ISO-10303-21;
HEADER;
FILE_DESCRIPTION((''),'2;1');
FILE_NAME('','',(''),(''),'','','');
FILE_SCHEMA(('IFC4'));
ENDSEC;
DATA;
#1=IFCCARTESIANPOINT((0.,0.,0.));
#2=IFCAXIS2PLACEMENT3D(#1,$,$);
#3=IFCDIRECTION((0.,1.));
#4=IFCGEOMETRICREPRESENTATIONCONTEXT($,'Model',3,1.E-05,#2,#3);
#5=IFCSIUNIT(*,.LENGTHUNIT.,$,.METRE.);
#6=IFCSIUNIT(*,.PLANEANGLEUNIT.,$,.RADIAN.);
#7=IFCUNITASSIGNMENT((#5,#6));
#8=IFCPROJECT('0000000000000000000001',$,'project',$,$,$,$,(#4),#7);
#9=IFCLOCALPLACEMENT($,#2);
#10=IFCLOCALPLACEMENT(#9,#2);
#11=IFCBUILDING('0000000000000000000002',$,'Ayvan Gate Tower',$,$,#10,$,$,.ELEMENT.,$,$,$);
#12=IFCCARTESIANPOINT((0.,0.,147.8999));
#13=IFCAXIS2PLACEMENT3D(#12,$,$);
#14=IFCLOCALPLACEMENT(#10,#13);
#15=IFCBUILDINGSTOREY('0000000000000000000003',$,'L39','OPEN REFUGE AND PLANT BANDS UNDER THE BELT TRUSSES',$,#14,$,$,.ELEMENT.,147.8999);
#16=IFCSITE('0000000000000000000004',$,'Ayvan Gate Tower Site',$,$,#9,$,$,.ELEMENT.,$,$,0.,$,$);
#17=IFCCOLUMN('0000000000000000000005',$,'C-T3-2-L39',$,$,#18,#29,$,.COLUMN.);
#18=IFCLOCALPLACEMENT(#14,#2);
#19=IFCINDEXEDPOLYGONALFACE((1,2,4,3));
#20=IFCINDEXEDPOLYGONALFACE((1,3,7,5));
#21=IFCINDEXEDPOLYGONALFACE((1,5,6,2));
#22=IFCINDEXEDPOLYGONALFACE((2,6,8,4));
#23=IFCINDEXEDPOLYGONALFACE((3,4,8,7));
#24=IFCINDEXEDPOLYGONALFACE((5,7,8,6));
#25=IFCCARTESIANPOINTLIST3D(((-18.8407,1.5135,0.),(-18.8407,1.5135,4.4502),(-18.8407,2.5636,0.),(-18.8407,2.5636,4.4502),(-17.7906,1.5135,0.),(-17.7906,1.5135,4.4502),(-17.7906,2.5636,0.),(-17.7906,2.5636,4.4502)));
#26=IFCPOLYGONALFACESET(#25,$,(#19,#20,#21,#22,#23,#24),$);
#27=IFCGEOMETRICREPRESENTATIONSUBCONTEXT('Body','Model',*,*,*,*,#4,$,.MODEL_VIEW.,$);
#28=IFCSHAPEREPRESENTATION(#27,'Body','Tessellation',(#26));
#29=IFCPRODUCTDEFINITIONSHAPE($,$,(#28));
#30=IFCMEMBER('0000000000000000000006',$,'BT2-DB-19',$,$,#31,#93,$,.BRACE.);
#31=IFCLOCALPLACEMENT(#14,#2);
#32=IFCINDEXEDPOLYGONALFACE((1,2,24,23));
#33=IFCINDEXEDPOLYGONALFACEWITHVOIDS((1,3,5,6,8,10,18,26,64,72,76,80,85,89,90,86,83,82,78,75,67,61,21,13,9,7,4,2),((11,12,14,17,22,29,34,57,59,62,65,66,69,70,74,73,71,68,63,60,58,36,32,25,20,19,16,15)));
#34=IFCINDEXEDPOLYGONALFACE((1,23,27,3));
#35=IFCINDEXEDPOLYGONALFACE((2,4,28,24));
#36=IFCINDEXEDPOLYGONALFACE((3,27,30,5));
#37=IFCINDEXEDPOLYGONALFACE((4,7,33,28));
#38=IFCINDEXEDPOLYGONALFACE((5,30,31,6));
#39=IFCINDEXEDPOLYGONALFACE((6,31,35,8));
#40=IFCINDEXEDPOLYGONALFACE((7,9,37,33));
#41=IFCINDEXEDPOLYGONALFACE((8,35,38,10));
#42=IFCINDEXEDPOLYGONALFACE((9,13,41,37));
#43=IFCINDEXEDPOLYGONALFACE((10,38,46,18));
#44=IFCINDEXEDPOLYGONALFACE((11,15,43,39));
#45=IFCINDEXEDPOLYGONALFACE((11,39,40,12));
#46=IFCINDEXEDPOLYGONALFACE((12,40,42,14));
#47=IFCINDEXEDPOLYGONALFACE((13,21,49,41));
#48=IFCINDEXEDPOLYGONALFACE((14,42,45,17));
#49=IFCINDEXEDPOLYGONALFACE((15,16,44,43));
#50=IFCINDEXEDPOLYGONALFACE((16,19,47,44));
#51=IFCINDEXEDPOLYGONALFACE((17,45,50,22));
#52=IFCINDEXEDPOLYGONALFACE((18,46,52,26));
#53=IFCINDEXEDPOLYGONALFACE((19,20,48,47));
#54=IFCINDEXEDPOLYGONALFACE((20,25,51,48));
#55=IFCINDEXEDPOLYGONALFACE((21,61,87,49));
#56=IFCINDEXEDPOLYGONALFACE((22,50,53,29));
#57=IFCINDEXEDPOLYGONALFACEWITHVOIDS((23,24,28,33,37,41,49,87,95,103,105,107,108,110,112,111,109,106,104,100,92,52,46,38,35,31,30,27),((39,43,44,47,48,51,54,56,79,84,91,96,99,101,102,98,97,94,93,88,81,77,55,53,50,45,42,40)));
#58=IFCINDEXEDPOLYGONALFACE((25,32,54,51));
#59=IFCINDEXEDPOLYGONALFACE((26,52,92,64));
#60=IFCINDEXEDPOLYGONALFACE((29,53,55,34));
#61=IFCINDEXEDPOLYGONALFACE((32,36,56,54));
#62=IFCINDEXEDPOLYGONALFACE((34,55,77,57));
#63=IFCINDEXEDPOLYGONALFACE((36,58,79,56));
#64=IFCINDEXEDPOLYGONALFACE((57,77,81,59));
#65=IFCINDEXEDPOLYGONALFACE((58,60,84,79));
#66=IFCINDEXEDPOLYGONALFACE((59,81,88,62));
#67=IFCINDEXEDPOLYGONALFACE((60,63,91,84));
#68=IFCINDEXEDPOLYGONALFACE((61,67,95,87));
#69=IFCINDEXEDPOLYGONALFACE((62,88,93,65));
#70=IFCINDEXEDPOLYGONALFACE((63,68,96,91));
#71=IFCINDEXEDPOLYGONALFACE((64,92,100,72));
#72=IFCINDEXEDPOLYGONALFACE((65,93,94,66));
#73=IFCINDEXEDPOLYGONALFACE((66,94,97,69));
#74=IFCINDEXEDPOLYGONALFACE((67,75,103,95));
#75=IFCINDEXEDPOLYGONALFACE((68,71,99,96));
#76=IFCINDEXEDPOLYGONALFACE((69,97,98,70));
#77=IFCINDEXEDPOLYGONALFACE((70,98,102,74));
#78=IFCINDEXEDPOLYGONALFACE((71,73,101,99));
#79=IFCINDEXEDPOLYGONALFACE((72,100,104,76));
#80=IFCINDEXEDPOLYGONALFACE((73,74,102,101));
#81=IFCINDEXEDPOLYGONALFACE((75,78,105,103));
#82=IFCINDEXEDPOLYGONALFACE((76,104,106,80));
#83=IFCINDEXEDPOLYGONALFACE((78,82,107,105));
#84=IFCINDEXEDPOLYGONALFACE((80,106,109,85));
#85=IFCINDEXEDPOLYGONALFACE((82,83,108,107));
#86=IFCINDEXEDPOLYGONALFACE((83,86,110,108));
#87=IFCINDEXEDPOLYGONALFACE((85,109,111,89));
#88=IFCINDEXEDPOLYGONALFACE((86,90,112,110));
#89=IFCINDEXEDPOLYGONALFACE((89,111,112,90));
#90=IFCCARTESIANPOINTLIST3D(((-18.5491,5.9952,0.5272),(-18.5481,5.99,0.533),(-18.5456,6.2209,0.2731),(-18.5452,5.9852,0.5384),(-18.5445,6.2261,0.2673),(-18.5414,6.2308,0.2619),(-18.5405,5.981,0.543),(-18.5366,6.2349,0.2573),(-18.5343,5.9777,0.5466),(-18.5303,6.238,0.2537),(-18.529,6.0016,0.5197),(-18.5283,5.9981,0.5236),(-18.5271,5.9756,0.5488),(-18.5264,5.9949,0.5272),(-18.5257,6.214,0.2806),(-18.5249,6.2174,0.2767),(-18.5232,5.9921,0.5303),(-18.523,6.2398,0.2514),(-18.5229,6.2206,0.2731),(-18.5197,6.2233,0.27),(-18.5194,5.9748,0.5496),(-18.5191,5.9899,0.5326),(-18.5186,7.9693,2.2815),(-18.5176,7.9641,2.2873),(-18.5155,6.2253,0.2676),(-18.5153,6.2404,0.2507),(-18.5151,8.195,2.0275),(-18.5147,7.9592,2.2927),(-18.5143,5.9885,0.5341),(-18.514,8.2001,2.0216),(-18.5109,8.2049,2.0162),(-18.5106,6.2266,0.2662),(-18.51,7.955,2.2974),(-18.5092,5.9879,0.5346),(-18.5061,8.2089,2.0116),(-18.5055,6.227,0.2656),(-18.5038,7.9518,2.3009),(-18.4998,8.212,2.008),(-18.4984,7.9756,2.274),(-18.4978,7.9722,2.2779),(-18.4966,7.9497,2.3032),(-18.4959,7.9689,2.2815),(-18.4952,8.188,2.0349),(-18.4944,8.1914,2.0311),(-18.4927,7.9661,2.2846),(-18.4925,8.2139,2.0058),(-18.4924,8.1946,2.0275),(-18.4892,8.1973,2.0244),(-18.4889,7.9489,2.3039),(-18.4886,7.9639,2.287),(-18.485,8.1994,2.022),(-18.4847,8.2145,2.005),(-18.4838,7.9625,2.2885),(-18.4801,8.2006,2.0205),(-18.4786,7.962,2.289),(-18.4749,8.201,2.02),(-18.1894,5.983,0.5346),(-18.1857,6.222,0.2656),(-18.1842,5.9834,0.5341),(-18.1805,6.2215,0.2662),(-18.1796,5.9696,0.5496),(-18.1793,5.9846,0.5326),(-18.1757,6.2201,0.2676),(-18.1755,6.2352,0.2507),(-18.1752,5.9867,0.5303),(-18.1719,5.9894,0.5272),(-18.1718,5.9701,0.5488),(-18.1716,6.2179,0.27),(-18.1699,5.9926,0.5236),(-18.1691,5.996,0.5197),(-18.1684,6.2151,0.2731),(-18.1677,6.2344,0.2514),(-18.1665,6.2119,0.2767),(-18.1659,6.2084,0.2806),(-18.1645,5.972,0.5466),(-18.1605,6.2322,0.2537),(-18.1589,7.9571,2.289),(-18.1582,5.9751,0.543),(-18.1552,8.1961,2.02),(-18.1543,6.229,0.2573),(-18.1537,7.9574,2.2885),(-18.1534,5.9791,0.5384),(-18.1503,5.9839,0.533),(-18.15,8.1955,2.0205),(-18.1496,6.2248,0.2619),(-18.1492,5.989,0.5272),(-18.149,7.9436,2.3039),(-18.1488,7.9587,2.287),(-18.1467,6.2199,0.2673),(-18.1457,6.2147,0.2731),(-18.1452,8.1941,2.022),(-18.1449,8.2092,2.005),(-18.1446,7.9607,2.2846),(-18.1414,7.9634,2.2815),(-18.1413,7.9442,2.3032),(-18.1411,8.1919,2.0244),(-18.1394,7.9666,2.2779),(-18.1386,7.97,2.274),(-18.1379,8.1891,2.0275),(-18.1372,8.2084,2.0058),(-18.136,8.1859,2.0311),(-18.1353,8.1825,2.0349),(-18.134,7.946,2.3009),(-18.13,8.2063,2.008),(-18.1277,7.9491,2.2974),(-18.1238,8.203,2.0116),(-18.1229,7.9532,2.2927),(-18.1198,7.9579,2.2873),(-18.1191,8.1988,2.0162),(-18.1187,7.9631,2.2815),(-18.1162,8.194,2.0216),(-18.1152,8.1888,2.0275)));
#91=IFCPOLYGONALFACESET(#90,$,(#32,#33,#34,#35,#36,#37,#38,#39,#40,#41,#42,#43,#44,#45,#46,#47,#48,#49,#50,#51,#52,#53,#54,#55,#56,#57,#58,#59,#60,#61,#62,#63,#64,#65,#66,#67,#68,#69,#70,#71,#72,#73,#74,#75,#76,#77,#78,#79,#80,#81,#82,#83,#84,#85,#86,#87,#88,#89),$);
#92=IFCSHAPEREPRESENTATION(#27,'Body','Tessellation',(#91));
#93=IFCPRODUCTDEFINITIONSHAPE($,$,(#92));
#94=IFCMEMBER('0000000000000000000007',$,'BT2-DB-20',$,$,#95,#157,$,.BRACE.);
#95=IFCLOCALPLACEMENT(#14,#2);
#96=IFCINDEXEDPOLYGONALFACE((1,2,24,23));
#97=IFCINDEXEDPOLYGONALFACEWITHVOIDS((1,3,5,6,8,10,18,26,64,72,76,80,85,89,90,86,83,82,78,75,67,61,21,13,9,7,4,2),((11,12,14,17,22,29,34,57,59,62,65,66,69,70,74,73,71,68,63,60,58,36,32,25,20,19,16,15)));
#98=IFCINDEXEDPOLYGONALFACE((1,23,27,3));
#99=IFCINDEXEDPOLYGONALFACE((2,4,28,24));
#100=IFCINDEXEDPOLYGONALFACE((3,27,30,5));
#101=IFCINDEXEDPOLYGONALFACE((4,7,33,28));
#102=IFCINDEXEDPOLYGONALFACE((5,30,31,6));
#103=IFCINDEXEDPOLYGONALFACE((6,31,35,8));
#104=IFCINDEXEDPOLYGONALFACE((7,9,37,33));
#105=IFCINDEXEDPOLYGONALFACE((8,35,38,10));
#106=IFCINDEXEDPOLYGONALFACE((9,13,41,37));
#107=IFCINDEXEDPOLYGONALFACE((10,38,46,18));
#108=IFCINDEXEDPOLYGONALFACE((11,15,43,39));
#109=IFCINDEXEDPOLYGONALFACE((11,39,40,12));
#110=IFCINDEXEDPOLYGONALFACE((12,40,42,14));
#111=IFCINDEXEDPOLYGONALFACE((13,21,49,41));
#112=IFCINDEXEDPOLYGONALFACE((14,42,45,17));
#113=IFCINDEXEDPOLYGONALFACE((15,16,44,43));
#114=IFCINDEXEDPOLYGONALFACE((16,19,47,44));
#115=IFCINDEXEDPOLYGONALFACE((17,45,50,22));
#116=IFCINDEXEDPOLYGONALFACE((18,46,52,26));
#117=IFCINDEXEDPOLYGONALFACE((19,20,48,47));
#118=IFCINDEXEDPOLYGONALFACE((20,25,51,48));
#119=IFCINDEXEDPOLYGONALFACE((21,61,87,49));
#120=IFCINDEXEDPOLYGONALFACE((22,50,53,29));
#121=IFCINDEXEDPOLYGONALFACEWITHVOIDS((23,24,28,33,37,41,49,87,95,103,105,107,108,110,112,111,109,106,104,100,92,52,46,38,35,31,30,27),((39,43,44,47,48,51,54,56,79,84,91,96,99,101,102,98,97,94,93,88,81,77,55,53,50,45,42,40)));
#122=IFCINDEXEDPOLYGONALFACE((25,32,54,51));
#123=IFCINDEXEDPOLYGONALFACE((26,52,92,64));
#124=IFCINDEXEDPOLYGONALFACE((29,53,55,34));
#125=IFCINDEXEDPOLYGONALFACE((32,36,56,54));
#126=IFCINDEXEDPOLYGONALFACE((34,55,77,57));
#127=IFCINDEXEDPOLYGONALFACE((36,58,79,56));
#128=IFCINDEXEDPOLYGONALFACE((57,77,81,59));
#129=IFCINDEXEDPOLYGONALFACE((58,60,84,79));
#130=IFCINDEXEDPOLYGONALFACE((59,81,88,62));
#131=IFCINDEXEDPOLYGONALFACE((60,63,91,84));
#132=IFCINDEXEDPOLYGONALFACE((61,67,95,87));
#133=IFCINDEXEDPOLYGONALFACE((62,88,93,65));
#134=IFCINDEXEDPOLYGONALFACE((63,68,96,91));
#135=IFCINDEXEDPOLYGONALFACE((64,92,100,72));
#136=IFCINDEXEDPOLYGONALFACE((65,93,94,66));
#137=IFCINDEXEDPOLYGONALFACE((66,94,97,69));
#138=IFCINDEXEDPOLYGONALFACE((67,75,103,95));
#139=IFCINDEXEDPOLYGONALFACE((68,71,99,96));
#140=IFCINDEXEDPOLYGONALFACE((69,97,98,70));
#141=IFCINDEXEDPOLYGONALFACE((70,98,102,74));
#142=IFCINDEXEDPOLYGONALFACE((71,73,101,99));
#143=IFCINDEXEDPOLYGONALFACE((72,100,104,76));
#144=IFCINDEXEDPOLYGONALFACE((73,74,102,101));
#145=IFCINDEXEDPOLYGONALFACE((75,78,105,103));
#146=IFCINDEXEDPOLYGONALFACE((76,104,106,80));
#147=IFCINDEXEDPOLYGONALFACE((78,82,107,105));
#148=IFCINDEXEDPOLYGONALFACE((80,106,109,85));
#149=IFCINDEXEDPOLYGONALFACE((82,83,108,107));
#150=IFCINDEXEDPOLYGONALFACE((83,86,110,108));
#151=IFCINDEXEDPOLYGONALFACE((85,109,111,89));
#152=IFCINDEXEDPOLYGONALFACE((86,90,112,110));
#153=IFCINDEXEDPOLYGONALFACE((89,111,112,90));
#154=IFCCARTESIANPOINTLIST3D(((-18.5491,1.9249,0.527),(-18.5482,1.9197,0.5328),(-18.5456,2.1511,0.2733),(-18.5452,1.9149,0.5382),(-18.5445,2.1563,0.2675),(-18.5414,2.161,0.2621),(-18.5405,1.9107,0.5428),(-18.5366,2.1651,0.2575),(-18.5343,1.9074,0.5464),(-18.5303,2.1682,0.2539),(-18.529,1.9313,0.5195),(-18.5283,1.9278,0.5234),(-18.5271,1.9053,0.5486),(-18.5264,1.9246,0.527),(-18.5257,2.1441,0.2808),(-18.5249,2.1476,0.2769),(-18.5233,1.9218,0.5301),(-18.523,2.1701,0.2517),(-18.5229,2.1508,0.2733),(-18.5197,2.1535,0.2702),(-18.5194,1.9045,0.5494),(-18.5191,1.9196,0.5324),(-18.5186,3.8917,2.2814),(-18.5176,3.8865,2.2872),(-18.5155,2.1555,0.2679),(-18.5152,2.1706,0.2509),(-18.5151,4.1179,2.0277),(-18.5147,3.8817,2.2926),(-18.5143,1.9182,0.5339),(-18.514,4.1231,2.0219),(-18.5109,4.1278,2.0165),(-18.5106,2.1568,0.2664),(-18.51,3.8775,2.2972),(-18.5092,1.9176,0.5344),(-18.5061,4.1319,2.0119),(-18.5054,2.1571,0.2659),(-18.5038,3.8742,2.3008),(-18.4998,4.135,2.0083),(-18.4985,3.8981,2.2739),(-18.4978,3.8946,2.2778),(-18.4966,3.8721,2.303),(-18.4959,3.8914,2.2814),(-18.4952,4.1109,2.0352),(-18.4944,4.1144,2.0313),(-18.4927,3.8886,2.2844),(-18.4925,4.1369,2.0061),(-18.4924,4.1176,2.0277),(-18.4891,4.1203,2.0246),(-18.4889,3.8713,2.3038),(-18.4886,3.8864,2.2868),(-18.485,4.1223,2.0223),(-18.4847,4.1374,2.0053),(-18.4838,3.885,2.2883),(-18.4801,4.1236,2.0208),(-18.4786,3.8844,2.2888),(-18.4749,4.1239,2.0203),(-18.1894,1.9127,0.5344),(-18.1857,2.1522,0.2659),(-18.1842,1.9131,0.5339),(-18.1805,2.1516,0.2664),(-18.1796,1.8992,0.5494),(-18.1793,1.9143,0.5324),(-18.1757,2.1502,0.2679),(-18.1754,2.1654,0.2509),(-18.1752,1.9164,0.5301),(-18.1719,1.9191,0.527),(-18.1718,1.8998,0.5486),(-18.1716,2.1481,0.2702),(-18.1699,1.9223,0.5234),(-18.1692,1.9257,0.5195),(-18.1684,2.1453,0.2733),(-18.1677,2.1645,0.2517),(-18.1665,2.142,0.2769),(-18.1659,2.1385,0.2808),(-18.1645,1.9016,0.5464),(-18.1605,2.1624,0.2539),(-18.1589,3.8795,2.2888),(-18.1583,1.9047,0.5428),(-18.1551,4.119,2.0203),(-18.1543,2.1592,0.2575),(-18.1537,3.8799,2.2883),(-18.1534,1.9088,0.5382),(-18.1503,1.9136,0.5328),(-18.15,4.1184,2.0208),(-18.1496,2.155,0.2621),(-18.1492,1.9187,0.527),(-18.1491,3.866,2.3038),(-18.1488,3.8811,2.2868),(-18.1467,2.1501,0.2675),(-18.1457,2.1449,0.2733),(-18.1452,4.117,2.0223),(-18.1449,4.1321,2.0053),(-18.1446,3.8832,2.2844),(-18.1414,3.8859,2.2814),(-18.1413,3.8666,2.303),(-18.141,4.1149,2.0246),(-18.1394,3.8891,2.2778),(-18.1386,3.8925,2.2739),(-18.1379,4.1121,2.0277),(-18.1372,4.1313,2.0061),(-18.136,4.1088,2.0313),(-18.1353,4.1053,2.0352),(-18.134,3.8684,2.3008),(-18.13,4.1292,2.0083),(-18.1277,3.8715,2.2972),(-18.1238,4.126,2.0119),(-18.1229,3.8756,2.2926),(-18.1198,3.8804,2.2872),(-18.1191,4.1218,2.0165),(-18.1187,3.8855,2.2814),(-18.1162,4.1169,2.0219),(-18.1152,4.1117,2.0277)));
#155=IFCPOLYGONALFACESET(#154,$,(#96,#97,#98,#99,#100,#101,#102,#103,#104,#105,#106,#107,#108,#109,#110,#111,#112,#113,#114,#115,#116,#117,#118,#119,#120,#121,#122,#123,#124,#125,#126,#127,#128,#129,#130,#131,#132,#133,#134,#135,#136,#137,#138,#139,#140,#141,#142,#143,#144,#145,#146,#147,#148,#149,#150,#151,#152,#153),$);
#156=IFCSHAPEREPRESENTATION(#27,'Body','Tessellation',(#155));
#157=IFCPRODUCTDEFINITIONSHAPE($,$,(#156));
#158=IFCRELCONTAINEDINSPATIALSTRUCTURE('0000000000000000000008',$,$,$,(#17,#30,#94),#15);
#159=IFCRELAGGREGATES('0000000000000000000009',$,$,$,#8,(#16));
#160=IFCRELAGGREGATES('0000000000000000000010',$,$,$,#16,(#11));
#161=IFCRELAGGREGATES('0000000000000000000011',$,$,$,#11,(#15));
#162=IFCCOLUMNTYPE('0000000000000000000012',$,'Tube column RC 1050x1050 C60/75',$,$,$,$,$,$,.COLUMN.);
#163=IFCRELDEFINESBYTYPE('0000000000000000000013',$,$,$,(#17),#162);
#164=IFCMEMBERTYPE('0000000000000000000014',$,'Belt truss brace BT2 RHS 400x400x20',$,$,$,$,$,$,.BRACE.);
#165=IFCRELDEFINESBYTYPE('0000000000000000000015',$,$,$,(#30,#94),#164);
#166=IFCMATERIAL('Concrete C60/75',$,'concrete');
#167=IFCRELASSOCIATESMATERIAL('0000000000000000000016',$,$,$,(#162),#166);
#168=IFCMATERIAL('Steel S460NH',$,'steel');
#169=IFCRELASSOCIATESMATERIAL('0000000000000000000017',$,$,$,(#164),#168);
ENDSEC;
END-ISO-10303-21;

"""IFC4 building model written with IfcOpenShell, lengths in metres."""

from ifc_helpers import new_model, si_unit, direction, frame, origin, origin_2d, place, context, subcontext, project, spatial, rectangle, hollow_rectangle, extrude, material, material_profile, profile_set, type_object, element, save


model = new_model("IFC4")

# Units and contexts
model_context = context("Model", 3, precision=1e-05, world=origin(), true_north=direction((0.0, 1.0)))
body_context = subcontext(model_context, "Body", "Model", "MODEL_VIEW")
ifc_project = project(units=[si_unit("LENGTHUNIT", "METRE"), si_unit("PLANEANGLEUNIT", "RADIAN")], contexts=[model_context])

# Site, building, storey
site_placement = place(None, origin())
site = spatial("IfcSite", under=ifc_project, at=site_placement, Name="Ayvan Gate Tower Site", CompositionType="ELEMENT", RefElevation=0.0)
building_placement = place(site_placement, origin())
building = spatial("IfcBuilding", under=site, at=building_placement, Name="Ayvan Gate Tower", CompositionType="ELEMENT")
storey_placement = place(building_placement, frame((0.0, 0.0, 147.8999)))
storey = spatial("IfcBuildingStorey", under=building, at=storey_placement, Name="L39", Description="OPEN REFUGE AND PLANT BANDS UNDER THE BELT TRUSSES", CompositionType="ELEMENT", Elevation=147.8999)

# Column
ifc_material_1 = material(Name="Concrete C60/75", Category="concrete")
ifc_material_profile_1 = material_profile(ifc_material_1, rectangle(XDim=1.05, YDim=1.05, at=origin_2d()), Name="RC 1050x1050")
ifc_profile_set_1 = profile_set([ifc_material_profile_1], Name="Concrete C60/75")
column_type = type_object("IfcColumnType", Name="Tube column RC 1050x1050 C60/75", PredefinedType="COLUMN", material=ifc_profile_set_1)
column_placement = place(storey_placement, frame((-18.3157, 2.0386, 0.0), z_axis=(0.0, 0.0, 1.0), x_axis=(-1.0, 0.0, 0.0)))
element("IfcColumn", 1, at=column_placement, inside=storey, type_object=column_type, Name="C-T3-2-L39", PredefinedType="COLUMN", context=body_context, shape_type="SweptSolid", body=[
    extrude(rectangle(XDim=1.05, YDim=1.05, at=origin_2d()), origin(), (0.0, 0.0, 1.0), 4.4502),
])

# Members
ifc_material_2 = material(Name="Steel S460NH", Category="steel")
ifc_material_profile_2 = material_profile(ifc_material_2, hollow_rectangle(XDim=0.3999, YDim=0.3999, WallThickness=0.02, InnerFilletRadius=0.02, OuterFilletRadius=0.03, at=origin_2d()), Name="RHS 400x400x20")
ifc_profile_set_2 = profile_set([ifc_material_profile_2], Name="Steel S460NH")
member_type_1 = type_object("IfcMemberType", Name="Belt truss brace BT2 RHS 400x400x20", PredefinedType="BRACE", material=ifc_profile_set_2)
member_1_placement = place(storey_placement, frame((-18.3474, 6.105, 0.4001), z_axis=(0.011554, 0.747431, 0.664239), x_axis=(-0.999881, 0.015457, 0.0)))
element("IfcMember", 2, at=member_1_placement, inside=storey, type_object=member_type_1, Name="BT2-DB-19", PredefinedType="BRACE", context=body_context, shape_type="SweptSolid", body=[
    extrude(hollow_rectangle(XDim=0.3999, YDim=0.3999, WallThickness=0.02, InnerFilletRadius=0.02, OuterFilletRadius=0.03, at=origin_2d()), origin(), (0.0, 0.0, 1.0), 2.6411),
])
member_2_placement = place(storey_placement, frame((-18.3474, 2.0349, 0.4001), z_axis=(0.011578, 0.746203, 0.665618), x_axis=(-0.99988, 0.015515, 0.0)))
element("IfcMember", 3, at=member_2_placement, inside=storey, type_object=member_type_1, Name="BT2-DB-20", PredefinedType="BRACE", context=body_context, shape_type="SweptSolid", body=[
    extrude(hollow_rectangle(XDim=0.3999, YDim=0.3999, WallThickness=0.02, InnerFilletRadius=0.02, OuterFilletRadius=0.03, at=origin_2d()), origin(), (0.0, 0.0, 1.0), 2.6357),
])

save(model, "model.ifc")
